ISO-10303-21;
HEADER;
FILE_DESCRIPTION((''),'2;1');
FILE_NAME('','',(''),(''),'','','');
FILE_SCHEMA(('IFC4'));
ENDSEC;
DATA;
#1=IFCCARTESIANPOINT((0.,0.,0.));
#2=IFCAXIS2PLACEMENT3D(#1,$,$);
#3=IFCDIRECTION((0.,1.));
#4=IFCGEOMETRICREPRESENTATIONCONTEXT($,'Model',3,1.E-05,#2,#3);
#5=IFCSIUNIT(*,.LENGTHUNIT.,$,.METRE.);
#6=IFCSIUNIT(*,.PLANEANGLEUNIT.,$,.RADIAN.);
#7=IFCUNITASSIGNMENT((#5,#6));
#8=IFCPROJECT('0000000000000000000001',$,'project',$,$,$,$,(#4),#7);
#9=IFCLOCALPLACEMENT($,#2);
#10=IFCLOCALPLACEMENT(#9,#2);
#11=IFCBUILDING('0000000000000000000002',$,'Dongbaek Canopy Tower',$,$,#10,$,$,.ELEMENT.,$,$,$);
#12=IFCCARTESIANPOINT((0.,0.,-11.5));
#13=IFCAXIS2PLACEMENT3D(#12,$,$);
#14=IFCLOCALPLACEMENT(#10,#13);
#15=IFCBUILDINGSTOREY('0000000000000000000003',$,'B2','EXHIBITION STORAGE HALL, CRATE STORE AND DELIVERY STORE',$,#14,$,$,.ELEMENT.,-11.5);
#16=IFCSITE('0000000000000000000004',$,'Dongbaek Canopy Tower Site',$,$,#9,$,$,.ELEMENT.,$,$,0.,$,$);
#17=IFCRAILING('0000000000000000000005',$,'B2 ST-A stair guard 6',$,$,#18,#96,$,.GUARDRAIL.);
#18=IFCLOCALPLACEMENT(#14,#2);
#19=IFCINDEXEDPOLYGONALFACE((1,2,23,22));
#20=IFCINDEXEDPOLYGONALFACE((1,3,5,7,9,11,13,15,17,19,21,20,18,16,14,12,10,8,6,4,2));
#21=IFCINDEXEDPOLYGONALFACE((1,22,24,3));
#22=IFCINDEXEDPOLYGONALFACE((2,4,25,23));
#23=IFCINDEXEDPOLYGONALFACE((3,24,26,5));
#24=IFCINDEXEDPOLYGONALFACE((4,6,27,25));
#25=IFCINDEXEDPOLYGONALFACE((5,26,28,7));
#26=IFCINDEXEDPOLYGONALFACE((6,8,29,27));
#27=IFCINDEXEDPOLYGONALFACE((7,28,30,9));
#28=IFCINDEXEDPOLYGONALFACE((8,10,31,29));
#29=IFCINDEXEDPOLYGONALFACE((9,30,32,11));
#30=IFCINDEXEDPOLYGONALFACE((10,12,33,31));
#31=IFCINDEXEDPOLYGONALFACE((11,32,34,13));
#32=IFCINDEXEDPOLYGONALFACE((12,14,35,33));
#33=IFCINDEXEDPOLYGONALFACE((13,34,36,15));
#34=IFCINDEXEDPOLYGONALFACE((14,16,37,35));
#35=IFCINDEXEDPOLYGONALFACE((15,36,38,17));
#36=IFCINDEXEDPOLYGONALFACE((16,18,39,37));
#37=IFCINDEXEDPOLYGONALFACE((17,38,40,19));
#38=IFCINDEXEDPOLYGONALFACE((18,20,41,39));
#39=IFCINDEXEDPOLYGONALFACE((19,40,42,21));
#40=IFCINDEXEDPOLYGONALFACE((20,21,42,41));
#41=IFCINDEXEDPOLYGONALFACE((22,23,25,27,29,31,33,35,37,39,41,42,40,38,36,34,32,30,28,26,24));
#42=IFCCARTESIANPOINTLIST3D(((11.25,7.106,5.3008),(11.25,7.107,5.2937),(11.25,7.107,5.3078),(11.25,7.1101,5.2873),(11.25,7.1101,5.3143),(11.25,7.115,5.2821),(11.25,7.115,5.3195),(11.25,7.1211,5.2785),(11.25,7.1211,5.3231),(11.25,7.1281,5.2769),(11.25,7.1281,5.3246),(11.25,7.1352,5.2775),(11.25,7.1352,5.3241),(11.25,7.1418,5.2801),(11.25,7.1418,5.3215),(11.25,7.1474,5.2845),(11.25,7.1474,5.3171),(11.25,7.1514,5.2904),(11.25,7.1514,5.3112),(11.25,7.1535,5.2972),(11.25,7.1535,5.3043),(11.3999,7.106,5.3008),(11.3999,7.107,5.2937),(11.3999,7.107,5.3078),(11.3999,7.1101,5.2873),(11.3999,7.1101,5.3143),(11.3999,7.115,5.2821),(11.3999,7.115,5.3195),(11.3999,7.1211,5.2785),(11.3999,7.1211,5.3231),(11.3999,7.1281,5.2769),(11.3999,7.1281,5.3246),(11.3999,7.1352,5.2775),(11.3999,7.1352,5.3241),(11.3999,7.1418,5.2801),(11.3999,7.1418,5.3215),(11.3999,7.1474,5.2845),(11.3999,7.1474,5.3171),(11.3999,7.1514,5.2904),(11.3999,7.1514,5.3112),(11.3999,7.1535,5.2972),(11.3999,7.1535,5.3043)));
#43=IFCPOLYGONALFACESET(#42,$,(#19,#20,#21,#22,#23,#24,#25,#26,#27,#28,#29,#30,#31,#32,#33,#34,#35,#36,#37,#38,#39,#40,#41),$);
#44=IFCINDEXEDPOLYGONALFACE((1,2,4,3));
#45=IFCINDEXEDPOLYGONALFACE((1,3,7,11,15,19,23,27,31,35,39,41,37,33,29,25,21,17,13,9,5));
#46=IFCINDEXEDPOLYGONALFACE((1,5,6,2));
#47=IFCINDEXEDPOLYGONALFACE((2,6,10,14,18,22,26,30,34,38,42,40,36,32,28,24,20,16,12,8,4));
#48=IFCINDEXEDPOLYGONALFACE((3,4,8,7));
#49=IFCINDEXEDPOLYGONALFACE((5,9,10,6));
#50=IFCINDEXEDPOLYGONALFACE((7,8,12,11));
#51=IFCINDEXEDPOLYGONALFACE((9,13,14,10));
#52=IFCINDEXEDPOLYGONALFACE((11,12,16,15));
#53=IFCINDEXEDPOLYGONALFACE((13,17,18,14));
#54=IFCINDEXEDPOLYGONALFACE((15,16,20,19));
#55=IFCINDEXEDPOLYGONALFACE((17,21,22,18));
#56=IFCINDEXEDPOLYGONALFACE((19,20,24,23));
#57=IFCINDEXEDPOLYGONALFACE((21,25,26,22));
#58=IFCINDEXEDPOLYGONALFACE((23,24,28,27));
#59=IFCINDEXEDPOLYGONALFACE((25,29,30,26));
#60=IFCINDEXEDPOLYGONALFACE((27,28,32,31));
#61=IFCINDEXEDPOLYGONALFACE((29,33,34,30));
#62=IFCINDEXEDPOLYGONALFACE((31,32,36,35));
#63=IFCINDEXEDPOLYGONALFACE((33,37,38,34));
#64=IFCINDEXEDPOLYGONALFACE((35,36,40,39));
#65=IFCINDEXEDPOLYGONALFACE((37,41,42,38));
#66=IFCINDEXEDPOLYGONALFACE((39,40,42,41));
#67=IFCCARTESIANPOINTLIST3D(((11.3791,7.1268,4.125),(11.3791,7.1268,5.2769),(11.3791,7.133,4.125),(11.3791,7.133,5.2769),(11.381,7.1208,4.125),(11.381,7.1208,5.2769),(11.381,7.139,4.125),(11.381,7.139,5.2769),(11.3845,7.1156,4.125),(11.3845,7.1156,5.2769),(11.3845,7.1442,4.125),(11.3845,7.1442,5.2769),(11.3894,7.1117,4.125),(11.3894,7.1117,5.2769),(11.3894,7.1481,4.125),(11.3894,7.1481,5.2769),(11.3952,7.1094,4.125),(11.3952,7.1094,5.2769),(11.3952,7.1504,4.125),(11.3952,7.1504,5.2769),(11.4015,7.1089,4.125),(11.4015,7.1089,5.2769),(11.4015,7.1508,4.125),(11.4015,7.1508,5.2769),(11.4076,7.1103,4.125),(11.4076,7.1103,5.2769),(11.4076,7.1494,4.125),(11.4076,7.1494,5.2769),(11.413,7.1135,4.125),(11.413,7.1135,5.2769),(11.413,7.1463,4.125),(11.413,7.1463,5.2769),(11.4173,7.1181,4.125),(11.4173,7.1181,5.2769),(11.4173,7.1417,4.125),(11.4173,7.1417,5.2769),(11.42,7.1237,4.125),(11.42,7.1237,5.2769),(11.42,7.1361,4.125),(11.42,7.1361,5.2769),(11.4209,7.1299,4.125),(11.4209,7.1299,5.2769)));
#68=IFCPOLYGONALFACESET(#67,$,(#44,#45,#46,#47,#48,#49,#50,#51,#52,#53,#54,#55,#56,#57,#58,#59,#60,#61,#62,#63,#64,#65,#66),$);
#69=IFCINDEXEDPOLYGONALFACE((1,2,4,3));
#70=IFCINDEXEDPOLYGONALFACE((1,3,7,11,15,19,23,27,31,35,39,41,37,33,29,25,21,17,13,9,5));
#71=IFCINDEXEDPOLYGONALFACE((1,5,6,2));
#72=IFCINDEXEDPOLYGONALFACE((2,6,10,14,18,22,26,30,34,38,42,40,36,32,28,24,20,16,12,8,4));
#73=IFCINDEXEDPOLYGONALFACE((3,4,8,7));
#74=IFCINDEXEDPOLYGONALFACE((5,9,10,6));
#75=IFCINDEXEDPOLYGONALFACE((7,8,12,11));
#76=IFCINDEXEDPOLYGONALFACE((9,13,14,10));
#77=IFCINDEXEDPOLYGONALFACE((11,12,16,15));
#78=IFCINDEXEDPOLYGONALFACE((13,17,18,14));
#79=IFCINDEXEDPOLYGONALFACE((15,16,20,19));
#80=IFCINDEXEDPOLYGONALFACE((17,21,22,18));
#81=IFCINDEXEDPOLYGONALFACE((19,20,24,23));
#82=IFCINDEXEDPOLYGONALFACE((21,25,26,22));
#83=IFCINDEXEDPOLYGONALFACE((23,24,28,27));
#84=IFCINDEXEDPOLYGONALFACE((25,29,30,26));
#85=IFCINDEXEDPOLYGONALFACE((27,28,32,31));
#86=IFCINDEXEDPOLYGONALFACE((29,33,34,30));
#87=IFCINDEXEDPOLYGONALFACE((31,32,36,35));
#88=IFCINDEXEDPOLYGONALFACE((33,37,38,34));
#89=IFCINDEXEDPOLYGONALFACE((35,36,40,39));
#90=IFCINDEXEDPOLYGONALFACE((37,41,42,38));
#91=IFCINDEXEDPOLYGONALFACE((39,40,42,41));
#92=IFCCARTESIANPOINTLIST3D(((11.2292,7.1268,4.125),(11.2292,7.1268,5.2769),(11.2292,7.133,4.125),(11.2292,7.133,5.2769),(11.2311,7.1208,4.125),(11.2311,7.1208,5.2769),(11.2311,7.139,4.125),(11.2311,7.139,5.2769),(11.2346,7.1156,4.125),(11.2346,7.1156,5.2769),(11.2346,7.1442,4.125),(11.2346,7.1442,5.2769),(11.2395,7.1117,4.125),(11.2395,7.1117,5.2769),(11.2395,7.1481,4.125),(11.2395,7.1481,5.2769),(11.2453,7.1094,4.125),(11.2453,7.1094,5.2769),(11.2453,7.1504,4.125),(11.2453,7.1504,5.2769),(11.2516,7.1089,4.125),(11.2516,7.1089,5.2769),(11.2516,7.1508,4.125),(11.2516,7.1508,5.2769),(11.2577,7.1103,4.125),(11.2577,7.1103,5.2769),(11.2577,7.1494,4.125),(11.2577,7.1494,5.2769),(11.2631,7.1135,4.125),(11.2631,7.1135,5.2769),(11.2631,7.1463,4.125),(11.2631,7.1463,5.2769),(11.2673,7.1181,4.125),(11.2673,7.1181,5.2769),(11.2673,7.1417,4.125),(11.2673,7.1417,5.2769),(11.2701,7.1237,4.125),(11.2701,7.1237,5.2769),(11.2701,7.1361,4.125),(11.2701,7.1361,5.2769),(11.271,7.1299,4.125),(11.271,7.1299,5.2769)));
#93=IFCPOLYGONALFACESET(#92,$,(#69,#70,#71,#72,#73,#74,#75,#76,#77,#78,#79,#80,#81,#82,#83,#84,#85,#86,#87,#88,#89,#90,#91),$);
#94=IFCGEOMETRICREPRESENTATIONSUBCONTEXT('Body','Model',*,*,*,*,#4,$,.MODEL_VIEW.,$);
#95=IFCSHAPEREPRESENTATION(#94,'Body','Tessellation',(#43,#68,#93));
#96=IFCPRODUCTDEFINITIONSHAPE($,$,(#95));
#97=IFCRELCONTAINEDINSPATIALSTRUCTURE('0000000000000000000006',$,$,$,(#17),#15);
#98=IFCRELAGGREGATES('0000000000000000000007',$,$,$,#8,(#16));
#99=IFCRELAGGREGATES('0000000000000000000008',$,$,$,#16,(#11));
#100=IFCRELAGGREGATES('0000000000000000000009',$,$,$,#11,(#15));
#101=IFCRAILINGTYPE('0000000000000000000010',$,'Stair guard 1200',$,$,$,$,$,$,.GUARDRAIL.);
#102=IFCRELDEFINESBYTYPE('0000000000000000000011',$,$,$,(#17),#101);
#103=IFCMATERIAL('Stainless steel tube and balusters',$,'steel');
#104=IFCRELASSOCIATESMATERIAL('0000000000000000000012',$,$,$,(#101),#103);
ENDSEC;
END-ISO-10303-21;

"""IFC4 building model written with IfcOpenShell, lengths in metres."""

from ifc_helpers import new_model, si_unit, direction, frame, origin, origin_2d, place, context, subcontext, project, spatial, circle, extrude, material, type_object, element, save


model = new_model("IFC4")

# Units and contexts
model_context = context("Model", 3, precision=1e-05, world=origin(), true_north=direction((0.0, 1.0)))
body_context = subcontext(model_context, "Body", "Model", "MODEL_VIEW")
ifc_project = project(units=[si_unit("LENGTHUNIT", "METRE"), si_unit("PLANEANGLEUNIT", "RADIAN")], contexts=[model_context])

# Site, building, storey
site_placement = place(None, origin())
site = spatial("IfcSite", under=ifc_project, at=site_placement, Name="Dongbaek Canopy Tower Site", CompositionType="ELEMENT", RefElevation=0.0)
building_placement = place(site_placement, origin())
building = spatial("IfcBuilding", under=site, at=building_placement, Name="Dongbaek Canopy Tower", CompositionType="ELEMENT")
storey_placement = place(building_placement, frame((0.0, 0.0, -11.5)))
storey = spatial("IfcBuildingStorey", under=building, at=storey_placement, Name="B2", Description="EXHIBITION STORAGE HALL, CRATE STORE AND DELIVERY STORE", CompositionType="ELEMENT", Elevation=-11.5)

# Railing
ifc_material_1 = material(Name="Stainless steel tube and balusters", Category="steel")
railing_type_1 = type_object("IfcRailingType", Name="Stair guard 1200", PredefinedType="GUARDRAIL", material=ifc_material_1)
railing_placement = place(storey_placement, frame((11.3999, 7.1299, 4.125)))
element("IfcRailing", 1, at=railing_placement, inside=storey, type_object=railing_type_1, Name="B2 ST-A stair guard 6", PredefinedType="GUARDRAIL", context=body_context, shape_type="SweptSolid", body=[
    extrude(circle(Radius=0.0239, at=origin_2d()), frame((0.0, 0.0, 1.1758), z_axis=(-1.0, 0.0, 0.0), x_axis=(0.0, -1.0, 0.0)), (0.0, 0.0, 1.0), 0.1499),
    extrude(circle(Radius=0.021, at=origin_2d()), origin(), (0.0, 0.0, 1.0), 1.1519),
    extrude(circle(Radius=0.021, at=origin_2d()), frame((-0.1499, 0.0, 0.0)), (0.0, 0.0, 1.0), 1.1519),
])

save(model, "model.ifc")
